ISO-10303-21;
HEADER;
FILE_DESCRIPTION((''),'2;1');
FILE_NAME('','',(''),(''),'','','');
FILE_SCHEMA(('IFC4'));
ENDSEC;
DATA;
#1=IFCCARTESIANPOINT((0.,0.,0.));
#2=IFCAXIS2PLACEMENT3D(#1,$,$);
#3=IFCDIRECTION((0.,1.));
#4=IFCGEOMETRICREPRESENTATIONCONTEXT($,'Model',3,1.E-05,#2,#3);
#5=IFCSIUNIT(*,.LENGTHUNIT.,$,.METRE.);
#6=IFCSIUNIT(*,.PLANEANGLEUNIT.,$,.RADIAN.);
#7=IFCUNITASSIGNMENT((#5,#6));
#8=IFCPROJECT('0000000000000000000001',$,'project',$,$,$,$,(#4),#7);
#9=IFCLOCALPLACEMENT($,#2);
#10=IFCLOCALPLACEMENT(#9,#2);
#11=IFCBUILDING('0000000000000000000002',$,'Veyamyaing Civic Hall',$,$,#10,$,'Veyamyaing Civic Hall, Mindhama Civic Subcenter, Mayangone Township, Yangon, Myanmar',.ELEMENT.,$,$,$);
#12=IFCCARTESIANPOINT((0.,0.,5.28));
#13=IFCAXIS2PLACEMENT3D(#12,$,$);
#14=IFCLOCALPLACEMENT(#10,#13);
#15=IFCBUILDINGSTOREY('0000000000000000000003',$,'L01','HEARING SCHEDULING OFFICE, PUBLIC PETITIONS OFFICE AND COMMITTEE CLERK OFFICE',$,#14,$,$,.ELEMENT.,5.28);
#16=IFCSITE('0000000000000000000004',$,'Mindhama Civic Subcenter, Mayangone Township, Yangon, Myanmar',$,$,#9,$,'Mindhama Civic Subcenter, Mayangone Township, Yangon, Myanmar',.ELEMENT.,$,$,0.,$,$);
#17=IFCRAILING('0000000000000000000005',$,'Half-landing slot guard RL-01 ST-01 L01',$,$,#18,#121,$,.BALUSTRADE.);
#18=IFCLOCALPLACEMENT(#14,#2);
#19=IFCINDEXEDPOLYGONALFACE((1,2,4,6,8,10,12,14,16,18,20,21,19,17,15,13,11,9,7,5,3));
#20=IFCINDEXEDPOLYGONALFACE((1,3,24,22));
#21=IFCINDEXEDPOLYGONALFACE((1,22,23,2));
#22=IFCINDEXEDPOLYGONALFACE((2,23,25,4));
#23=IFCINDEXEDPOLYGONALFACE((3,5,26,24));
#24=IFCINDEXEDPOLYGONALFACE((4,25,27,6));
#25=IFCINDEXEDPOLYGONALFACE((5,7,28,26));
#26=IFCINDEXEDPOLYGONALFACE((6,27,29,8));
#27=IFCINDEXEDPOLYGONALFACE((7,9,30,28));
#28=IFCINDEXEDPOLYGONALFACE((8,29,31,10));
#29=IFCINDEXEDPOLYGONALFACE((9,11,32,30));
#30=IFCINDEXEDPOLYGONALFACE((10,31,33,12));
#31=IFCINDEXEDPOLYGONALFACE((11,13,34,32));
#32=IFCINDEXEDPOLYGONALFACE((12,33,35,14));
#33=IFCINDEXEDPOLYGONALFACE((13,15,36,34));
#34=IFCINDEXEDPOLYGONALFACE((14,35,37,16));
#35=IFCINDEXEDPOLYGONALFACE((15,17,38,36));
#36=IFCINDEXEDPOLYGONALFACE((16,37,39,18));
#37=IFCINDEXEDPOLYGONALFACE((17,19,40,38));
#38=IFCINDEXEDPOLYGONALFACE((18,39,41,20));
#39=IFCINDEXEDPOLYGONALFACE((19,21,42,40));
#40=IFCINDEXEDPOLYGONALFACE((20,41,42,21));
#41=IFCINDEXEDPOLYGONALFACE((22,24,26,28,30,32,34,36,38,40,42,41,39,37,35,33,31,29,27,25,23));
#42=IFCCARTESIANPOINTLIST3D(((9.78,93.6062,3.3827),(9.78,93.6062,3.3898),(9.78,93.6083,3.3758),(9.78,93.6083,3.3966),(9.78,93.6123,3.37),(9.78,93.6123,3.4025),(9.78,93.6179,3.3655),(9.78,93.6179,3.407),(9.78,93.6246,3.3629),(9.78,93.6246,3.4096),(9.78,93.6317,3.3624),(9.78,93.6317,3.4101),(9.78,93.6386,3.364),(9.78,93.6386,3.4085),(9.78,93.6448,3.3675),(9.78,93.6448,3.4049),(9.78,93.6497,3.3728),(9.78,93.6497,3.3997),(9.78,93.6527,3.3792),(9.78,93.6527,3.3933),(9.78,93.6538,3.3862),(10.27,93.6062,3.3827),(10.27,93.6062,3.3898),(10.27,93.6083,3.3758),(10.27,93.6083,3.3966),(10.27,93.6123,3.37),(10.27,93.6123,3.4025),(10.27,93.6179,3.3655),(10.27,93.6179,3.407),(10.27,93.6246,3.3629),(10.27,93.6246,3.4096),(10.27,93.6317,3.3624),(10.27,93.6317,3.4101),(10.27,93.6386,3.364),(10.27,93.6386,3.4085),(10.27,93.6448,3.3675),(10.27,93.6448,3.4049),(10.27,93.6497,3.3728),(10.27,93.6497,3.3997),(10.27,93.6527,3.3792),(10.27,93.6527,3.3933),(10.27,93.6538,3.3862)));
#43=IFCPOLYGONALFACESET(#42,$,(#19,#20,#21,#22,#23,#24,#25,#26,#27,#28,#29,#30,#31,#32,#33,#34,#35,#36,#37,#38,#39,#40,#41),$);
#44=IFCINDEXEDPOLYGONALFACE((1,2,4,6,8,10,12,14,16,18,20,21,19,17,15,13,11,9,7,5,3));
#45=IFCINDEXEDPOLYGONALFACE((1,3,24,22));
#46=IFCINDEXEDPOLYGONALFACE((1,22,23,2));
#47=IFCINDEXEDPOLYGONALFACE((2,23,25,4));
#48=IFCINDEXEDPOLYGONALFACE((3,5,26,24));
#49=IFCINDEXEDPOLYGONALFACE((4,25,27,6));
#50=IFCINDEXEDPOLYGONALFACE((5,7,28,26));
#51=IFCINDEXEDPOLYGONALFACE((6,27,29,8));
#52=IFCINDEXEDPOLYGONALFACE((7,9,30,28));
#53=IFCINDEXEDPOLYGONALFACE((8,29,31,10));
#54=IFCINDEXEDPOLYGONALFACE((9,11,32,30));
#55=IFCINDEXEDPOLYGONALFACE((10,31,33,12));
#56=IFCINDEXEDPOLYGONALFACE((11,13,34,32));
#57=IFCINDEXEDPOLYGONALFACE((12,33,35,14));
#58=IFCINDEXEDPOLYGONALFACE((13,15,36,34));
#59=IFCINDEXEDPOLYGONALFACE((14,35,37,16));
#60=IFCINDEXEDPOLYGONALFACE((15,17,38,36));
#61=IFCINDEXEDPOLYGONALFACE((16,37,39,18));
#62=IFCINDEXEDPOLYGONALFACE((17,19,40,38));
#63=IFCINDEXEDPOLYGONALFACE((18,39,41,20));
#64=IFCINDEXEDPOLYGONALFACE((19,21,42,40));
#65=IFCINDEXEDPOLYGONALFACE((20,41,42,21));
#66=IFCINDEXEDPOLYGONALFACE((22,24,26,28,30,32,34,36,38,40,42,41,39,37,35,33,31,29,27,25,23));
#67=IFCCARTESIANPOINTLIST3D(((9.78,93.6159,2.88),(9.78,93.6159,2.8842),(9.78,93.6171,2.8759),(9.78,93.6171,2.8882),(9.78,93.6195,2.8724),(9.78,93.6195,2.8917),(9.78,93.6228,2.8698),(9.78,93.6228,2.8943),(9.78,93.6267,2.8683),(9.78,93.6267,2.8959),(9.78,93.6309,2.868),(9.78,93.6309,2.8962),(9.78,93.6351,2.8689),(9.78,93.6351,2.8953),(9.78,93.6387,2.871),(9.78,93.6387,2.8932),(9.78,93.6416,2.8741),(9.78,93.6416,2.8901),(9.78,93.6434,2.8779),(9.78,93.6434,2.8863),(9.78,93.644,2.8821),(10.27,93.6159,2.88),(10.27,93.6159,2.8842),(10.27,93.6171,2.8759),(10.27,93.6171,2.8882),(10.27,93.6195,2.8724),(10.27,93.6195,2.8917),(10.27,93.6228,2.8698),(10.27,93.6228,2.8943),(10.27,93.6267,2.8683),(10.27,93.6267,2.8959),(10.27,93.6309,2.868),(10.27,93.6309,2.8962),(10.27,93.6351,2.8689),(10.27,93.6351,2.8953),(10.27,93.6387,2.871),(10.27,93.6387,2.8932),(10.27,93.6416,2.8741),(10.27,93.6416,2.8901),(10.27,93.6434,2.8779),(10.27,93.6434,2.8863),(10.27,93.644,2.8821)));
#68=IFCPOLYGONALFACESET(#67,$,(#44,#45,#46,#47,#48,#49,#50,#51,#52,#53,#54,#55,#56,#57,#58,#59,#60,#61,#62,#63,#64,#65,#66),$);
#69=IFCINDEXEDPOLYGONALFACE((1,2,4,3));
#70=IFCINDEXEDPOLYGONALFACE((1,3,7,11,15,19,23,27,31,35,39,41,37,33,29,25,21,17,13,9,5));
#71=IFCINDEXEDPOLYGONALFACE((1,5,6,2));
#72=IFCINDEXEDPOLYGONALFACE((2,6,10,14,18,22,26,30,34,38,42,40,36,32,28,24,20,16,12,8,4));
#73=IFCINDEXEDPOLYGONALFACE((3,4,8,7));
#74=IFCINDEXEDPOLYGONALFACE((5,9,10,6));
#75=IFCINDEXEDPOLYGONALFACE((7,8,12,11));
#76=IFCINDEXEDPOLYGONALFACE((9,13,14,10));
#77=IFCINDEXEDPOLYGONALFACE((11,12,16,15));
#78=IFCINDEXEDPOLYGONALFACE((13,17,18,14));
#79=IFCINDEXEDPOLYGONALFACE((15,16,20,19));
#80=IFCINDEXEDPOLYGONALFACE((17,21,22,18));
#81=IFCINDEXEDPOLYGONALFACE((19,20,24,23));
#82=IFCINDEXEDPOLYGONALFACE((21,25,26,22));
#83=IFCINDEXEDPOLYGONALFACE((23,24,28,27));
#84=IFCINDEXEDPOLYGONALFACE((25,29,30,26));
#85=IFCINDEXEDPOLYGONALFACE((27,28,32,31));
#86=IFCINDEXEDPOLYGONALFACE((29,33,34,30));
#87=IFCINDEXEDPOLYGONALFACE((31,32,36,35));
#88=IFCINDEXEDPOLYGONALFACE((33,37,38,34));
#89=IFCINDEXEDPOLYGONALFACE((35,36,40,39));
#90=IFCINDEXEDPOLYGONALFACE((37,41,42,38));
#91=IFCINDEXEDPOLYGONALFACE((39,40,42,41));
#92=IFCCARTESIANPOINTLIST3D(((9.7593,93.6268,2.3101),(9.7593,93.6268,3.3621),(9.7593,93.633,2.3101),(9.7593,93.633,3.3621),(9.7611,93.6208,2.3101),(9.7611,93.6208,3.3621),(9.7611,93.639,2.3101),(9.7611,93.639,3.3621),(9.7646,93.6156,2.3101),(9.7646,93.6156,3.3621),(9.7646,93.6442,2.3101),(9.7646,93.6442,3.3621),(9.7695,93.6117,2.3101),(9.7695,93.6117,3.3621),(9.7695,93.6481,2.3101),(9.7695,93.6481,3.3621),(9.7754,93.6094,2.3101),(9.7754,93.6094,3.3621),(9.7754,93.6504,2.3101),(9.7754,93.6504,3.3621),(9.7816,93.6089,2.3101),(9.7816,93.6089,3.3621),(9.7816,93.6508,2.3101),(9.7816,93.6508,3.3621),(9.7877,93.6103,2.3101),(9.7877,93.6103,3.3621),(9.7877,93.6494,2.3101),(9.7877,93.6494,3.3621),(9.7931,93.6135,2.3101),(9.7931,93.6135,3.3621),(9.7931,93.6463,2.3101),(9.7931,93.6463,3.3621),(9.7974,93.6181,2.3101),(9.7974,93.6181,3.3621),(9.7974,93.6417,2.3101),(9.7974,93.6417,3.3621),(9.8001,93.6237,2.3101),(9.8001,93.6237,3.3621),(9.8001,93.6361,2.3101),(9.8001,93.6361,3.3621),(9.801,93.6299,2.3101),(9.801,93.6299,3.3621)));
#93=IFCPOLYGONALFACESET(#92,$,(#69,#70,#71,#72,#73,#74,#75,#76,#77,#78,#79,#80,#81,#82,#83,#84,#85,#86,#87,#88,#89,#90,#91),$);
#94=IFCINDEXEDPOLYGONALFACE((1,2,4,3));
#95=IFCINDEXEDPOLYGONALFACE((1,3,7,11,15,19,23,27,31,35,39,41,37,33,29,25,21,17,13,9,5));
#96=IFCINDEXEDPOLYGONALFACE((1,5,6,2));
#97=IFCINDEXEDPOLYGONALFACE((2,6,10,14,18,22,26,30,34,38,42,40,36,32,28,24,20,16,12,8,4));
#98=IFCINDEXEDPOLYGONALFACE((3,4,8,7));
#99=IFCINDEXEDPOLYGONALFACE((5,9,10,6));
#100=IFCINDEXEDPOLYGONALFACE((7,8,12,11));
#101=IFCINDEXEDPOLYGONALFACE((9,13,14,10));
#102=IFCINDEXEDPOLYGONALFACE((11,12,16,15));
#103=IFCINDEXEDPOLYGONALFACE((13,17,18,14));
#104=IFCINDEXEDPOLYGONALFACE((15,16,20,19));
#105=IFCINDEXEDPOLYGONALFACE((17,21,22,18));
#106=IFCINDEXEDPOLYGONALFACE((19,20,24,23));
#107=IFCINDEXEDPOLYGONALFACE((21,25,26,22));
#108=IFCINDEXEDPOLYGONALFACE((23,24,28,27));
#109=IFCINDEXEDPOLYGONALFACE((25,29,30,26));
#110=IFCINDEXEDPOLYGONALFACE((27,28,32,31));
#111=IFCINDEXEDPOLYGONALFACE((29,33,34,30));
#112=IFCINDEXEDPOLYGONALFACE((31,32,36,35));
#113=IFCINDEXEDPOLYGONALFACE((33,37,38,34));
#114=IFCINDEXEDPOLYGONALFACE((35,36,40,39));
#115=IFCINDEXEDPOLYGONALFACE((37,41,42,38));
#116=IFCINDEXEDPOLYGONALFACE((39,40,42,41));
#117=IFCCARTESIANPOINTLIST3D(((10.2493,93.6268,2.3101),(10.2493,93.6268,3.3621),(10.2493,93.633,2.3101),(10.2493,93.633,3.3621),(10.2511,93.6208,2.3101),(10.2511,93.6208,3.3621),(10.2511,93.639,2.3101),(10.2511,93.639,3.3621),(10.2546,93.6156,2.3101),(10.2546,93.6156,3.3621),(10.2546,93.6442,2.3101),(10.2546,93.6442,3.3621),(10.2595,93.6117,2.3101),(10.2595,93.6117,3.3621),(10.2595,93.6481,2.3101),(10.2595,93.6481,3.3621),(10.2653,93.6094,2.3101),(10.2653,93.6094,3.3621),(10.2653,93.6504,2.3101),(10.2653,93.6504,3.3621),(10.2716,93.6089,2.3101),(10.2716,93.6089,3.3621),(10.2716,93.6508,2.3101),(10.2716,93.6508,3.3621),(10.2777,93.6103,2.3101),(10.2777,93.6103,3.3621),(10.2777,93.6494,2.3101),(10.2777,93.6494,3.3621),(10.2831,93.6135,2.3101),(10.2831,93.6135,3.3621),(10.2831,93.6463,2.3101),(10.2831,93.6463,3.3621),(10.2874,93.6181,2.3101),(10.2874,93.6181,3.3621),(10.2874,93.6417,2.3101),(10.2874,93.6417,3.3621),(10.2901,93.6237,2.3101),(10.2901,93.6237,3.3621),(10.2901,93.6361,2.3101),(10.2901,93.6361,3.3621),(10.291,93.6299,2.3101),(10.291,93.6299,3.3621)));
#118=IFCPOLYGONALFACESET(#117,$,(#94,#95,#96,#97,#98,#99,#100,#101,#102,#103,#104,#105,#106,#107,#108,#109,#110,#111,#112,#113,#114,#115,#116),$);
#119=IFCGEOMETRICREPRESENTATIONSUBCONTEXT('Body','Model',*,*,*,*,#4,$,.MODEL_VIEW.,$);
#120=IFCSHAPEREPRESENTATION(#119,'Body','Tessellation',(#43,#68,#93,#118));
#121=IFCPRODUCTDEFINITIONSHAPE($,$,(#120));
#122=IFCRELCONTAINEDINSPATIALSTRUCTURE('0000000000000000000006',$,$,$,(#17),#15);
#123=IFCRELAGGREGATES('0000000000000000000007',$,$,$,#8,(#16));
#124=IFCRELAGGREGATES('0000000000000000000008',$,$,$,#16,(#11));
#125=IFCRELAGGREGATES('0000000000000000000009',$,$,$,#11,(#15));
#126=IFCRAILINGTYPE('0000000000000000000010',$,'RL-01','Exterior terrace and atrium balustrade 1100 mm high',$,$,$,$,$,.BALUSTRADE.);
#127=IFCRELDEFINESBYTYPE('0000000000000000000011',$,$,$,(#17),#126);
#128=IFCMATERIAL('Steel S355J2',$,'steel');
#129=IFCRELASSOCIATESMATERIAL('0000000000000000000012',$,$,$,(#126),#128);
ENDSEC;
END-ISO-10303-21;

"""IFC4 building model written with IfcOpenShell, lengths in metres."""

from ifc_helpers import new_model, si_unit, direction, frame, origin, origin_2d, place, context, subcontext, project, spatial, circle, extrude, material, type_object, element, save


model = new_model("IFC4")

# Units and contexts
model_context = context("Model", 3, precision=1e-05, world=origin(), true_north=direction((0.0, 1.0)))
body_context = subcontext(model_context, "Body", "Model", "MODEL_VIEW")
ifc_project = project(units=[si_unit("LENGTHUNIT", "METRE"), si_unit("PLANEANGLEUNIT", "RADIAN")], contexts=[model_context])

# Site, building, storey
site_placement = place(None, origin())
site = spatial("IfcSite", under=ifc_project, at=site_placement, Name="Mindhama Civic Subcenter, Mayangone Township, Yangon, Myanmar", LongName="Mindhama Civic Subcenter, Mayangone Township, Yangon, Myanmar", CompositionType="ELEMENT", RefElevation=0.0)
building_placement = place(site_placement, origin())
building = spatial("IfcBuilding", under=site, at=building_placement, Name="Veyamyaing Civic Hall", LongName="Veyamyaing Civic Hall, Mindhama Civic Subcenter, Mayangone Township, Yangon, Myanmar", CompositionType="ELEMENT")
storey_placement = place(building_placement, frame((0.0, 0.0, 5.28)))
storey = spatial("IfcBuildingStorey", under=building, at=storey_placement, Name="L01", Description="HEARING SCHEDULING OFFICE, PUBLIC PETITIONS OFFICE AND COMMITTEE CLERK OFFICE", CompositionType="ELEMENT", Elevation=5.28)

# Railing
ifc_material_1 = material(Name="Steel S355J2", Category="steel")
railing_type_1 = type_object("IfcRailingType", Name="RL-01", Description="Exterior terrace and atrium balustrade 1100 mm high", PredefinedType="BALUSTRADE", material=ifc_material_1)
railing_1_placement = place(storey_placement, frame((9.78, 93.6299, 2.3101)))
element("IfcRailing", 1, at=railing_1_placement, inside=storey, type_object=railing_type_1, Name="Half-landing slot guard RL-01 ST-01 L01", PredefinedType="BALUSTRADE", context=body_context, shape_type="SweptSolid", body=[
    extrude(circle(Radius=0.0239, at=origin_2d()), frame((0.0, 0.0, 1.0762), z_axis=(1.0, 0.0, 0.0), x_axis=(0.0, 1.0, 0.0)), (0.0, 0.0, 1.0), 0.49),
    extrude(circle(Radius=0.0142, at=origin_2d()), frame((0.0, 0.0, 0.572), z_axis=(1.0, 0.0, 0.0), x_axis=(0.0, 1.0, 0.0)), (0.0, 0.0, 1.0), 0.49),
    extrude(circle(Radius=0.021, at=origin_2d()), origin(), (0.0, 0.0, 1.0), 1.052),
    extrude(circle(Radius=0.021, at=origin_2d()), frame((0.49, 0.0, 0.0)), (0.0, 0.0, 1.0), 1.052),
])

save(model, "model.ifc")
